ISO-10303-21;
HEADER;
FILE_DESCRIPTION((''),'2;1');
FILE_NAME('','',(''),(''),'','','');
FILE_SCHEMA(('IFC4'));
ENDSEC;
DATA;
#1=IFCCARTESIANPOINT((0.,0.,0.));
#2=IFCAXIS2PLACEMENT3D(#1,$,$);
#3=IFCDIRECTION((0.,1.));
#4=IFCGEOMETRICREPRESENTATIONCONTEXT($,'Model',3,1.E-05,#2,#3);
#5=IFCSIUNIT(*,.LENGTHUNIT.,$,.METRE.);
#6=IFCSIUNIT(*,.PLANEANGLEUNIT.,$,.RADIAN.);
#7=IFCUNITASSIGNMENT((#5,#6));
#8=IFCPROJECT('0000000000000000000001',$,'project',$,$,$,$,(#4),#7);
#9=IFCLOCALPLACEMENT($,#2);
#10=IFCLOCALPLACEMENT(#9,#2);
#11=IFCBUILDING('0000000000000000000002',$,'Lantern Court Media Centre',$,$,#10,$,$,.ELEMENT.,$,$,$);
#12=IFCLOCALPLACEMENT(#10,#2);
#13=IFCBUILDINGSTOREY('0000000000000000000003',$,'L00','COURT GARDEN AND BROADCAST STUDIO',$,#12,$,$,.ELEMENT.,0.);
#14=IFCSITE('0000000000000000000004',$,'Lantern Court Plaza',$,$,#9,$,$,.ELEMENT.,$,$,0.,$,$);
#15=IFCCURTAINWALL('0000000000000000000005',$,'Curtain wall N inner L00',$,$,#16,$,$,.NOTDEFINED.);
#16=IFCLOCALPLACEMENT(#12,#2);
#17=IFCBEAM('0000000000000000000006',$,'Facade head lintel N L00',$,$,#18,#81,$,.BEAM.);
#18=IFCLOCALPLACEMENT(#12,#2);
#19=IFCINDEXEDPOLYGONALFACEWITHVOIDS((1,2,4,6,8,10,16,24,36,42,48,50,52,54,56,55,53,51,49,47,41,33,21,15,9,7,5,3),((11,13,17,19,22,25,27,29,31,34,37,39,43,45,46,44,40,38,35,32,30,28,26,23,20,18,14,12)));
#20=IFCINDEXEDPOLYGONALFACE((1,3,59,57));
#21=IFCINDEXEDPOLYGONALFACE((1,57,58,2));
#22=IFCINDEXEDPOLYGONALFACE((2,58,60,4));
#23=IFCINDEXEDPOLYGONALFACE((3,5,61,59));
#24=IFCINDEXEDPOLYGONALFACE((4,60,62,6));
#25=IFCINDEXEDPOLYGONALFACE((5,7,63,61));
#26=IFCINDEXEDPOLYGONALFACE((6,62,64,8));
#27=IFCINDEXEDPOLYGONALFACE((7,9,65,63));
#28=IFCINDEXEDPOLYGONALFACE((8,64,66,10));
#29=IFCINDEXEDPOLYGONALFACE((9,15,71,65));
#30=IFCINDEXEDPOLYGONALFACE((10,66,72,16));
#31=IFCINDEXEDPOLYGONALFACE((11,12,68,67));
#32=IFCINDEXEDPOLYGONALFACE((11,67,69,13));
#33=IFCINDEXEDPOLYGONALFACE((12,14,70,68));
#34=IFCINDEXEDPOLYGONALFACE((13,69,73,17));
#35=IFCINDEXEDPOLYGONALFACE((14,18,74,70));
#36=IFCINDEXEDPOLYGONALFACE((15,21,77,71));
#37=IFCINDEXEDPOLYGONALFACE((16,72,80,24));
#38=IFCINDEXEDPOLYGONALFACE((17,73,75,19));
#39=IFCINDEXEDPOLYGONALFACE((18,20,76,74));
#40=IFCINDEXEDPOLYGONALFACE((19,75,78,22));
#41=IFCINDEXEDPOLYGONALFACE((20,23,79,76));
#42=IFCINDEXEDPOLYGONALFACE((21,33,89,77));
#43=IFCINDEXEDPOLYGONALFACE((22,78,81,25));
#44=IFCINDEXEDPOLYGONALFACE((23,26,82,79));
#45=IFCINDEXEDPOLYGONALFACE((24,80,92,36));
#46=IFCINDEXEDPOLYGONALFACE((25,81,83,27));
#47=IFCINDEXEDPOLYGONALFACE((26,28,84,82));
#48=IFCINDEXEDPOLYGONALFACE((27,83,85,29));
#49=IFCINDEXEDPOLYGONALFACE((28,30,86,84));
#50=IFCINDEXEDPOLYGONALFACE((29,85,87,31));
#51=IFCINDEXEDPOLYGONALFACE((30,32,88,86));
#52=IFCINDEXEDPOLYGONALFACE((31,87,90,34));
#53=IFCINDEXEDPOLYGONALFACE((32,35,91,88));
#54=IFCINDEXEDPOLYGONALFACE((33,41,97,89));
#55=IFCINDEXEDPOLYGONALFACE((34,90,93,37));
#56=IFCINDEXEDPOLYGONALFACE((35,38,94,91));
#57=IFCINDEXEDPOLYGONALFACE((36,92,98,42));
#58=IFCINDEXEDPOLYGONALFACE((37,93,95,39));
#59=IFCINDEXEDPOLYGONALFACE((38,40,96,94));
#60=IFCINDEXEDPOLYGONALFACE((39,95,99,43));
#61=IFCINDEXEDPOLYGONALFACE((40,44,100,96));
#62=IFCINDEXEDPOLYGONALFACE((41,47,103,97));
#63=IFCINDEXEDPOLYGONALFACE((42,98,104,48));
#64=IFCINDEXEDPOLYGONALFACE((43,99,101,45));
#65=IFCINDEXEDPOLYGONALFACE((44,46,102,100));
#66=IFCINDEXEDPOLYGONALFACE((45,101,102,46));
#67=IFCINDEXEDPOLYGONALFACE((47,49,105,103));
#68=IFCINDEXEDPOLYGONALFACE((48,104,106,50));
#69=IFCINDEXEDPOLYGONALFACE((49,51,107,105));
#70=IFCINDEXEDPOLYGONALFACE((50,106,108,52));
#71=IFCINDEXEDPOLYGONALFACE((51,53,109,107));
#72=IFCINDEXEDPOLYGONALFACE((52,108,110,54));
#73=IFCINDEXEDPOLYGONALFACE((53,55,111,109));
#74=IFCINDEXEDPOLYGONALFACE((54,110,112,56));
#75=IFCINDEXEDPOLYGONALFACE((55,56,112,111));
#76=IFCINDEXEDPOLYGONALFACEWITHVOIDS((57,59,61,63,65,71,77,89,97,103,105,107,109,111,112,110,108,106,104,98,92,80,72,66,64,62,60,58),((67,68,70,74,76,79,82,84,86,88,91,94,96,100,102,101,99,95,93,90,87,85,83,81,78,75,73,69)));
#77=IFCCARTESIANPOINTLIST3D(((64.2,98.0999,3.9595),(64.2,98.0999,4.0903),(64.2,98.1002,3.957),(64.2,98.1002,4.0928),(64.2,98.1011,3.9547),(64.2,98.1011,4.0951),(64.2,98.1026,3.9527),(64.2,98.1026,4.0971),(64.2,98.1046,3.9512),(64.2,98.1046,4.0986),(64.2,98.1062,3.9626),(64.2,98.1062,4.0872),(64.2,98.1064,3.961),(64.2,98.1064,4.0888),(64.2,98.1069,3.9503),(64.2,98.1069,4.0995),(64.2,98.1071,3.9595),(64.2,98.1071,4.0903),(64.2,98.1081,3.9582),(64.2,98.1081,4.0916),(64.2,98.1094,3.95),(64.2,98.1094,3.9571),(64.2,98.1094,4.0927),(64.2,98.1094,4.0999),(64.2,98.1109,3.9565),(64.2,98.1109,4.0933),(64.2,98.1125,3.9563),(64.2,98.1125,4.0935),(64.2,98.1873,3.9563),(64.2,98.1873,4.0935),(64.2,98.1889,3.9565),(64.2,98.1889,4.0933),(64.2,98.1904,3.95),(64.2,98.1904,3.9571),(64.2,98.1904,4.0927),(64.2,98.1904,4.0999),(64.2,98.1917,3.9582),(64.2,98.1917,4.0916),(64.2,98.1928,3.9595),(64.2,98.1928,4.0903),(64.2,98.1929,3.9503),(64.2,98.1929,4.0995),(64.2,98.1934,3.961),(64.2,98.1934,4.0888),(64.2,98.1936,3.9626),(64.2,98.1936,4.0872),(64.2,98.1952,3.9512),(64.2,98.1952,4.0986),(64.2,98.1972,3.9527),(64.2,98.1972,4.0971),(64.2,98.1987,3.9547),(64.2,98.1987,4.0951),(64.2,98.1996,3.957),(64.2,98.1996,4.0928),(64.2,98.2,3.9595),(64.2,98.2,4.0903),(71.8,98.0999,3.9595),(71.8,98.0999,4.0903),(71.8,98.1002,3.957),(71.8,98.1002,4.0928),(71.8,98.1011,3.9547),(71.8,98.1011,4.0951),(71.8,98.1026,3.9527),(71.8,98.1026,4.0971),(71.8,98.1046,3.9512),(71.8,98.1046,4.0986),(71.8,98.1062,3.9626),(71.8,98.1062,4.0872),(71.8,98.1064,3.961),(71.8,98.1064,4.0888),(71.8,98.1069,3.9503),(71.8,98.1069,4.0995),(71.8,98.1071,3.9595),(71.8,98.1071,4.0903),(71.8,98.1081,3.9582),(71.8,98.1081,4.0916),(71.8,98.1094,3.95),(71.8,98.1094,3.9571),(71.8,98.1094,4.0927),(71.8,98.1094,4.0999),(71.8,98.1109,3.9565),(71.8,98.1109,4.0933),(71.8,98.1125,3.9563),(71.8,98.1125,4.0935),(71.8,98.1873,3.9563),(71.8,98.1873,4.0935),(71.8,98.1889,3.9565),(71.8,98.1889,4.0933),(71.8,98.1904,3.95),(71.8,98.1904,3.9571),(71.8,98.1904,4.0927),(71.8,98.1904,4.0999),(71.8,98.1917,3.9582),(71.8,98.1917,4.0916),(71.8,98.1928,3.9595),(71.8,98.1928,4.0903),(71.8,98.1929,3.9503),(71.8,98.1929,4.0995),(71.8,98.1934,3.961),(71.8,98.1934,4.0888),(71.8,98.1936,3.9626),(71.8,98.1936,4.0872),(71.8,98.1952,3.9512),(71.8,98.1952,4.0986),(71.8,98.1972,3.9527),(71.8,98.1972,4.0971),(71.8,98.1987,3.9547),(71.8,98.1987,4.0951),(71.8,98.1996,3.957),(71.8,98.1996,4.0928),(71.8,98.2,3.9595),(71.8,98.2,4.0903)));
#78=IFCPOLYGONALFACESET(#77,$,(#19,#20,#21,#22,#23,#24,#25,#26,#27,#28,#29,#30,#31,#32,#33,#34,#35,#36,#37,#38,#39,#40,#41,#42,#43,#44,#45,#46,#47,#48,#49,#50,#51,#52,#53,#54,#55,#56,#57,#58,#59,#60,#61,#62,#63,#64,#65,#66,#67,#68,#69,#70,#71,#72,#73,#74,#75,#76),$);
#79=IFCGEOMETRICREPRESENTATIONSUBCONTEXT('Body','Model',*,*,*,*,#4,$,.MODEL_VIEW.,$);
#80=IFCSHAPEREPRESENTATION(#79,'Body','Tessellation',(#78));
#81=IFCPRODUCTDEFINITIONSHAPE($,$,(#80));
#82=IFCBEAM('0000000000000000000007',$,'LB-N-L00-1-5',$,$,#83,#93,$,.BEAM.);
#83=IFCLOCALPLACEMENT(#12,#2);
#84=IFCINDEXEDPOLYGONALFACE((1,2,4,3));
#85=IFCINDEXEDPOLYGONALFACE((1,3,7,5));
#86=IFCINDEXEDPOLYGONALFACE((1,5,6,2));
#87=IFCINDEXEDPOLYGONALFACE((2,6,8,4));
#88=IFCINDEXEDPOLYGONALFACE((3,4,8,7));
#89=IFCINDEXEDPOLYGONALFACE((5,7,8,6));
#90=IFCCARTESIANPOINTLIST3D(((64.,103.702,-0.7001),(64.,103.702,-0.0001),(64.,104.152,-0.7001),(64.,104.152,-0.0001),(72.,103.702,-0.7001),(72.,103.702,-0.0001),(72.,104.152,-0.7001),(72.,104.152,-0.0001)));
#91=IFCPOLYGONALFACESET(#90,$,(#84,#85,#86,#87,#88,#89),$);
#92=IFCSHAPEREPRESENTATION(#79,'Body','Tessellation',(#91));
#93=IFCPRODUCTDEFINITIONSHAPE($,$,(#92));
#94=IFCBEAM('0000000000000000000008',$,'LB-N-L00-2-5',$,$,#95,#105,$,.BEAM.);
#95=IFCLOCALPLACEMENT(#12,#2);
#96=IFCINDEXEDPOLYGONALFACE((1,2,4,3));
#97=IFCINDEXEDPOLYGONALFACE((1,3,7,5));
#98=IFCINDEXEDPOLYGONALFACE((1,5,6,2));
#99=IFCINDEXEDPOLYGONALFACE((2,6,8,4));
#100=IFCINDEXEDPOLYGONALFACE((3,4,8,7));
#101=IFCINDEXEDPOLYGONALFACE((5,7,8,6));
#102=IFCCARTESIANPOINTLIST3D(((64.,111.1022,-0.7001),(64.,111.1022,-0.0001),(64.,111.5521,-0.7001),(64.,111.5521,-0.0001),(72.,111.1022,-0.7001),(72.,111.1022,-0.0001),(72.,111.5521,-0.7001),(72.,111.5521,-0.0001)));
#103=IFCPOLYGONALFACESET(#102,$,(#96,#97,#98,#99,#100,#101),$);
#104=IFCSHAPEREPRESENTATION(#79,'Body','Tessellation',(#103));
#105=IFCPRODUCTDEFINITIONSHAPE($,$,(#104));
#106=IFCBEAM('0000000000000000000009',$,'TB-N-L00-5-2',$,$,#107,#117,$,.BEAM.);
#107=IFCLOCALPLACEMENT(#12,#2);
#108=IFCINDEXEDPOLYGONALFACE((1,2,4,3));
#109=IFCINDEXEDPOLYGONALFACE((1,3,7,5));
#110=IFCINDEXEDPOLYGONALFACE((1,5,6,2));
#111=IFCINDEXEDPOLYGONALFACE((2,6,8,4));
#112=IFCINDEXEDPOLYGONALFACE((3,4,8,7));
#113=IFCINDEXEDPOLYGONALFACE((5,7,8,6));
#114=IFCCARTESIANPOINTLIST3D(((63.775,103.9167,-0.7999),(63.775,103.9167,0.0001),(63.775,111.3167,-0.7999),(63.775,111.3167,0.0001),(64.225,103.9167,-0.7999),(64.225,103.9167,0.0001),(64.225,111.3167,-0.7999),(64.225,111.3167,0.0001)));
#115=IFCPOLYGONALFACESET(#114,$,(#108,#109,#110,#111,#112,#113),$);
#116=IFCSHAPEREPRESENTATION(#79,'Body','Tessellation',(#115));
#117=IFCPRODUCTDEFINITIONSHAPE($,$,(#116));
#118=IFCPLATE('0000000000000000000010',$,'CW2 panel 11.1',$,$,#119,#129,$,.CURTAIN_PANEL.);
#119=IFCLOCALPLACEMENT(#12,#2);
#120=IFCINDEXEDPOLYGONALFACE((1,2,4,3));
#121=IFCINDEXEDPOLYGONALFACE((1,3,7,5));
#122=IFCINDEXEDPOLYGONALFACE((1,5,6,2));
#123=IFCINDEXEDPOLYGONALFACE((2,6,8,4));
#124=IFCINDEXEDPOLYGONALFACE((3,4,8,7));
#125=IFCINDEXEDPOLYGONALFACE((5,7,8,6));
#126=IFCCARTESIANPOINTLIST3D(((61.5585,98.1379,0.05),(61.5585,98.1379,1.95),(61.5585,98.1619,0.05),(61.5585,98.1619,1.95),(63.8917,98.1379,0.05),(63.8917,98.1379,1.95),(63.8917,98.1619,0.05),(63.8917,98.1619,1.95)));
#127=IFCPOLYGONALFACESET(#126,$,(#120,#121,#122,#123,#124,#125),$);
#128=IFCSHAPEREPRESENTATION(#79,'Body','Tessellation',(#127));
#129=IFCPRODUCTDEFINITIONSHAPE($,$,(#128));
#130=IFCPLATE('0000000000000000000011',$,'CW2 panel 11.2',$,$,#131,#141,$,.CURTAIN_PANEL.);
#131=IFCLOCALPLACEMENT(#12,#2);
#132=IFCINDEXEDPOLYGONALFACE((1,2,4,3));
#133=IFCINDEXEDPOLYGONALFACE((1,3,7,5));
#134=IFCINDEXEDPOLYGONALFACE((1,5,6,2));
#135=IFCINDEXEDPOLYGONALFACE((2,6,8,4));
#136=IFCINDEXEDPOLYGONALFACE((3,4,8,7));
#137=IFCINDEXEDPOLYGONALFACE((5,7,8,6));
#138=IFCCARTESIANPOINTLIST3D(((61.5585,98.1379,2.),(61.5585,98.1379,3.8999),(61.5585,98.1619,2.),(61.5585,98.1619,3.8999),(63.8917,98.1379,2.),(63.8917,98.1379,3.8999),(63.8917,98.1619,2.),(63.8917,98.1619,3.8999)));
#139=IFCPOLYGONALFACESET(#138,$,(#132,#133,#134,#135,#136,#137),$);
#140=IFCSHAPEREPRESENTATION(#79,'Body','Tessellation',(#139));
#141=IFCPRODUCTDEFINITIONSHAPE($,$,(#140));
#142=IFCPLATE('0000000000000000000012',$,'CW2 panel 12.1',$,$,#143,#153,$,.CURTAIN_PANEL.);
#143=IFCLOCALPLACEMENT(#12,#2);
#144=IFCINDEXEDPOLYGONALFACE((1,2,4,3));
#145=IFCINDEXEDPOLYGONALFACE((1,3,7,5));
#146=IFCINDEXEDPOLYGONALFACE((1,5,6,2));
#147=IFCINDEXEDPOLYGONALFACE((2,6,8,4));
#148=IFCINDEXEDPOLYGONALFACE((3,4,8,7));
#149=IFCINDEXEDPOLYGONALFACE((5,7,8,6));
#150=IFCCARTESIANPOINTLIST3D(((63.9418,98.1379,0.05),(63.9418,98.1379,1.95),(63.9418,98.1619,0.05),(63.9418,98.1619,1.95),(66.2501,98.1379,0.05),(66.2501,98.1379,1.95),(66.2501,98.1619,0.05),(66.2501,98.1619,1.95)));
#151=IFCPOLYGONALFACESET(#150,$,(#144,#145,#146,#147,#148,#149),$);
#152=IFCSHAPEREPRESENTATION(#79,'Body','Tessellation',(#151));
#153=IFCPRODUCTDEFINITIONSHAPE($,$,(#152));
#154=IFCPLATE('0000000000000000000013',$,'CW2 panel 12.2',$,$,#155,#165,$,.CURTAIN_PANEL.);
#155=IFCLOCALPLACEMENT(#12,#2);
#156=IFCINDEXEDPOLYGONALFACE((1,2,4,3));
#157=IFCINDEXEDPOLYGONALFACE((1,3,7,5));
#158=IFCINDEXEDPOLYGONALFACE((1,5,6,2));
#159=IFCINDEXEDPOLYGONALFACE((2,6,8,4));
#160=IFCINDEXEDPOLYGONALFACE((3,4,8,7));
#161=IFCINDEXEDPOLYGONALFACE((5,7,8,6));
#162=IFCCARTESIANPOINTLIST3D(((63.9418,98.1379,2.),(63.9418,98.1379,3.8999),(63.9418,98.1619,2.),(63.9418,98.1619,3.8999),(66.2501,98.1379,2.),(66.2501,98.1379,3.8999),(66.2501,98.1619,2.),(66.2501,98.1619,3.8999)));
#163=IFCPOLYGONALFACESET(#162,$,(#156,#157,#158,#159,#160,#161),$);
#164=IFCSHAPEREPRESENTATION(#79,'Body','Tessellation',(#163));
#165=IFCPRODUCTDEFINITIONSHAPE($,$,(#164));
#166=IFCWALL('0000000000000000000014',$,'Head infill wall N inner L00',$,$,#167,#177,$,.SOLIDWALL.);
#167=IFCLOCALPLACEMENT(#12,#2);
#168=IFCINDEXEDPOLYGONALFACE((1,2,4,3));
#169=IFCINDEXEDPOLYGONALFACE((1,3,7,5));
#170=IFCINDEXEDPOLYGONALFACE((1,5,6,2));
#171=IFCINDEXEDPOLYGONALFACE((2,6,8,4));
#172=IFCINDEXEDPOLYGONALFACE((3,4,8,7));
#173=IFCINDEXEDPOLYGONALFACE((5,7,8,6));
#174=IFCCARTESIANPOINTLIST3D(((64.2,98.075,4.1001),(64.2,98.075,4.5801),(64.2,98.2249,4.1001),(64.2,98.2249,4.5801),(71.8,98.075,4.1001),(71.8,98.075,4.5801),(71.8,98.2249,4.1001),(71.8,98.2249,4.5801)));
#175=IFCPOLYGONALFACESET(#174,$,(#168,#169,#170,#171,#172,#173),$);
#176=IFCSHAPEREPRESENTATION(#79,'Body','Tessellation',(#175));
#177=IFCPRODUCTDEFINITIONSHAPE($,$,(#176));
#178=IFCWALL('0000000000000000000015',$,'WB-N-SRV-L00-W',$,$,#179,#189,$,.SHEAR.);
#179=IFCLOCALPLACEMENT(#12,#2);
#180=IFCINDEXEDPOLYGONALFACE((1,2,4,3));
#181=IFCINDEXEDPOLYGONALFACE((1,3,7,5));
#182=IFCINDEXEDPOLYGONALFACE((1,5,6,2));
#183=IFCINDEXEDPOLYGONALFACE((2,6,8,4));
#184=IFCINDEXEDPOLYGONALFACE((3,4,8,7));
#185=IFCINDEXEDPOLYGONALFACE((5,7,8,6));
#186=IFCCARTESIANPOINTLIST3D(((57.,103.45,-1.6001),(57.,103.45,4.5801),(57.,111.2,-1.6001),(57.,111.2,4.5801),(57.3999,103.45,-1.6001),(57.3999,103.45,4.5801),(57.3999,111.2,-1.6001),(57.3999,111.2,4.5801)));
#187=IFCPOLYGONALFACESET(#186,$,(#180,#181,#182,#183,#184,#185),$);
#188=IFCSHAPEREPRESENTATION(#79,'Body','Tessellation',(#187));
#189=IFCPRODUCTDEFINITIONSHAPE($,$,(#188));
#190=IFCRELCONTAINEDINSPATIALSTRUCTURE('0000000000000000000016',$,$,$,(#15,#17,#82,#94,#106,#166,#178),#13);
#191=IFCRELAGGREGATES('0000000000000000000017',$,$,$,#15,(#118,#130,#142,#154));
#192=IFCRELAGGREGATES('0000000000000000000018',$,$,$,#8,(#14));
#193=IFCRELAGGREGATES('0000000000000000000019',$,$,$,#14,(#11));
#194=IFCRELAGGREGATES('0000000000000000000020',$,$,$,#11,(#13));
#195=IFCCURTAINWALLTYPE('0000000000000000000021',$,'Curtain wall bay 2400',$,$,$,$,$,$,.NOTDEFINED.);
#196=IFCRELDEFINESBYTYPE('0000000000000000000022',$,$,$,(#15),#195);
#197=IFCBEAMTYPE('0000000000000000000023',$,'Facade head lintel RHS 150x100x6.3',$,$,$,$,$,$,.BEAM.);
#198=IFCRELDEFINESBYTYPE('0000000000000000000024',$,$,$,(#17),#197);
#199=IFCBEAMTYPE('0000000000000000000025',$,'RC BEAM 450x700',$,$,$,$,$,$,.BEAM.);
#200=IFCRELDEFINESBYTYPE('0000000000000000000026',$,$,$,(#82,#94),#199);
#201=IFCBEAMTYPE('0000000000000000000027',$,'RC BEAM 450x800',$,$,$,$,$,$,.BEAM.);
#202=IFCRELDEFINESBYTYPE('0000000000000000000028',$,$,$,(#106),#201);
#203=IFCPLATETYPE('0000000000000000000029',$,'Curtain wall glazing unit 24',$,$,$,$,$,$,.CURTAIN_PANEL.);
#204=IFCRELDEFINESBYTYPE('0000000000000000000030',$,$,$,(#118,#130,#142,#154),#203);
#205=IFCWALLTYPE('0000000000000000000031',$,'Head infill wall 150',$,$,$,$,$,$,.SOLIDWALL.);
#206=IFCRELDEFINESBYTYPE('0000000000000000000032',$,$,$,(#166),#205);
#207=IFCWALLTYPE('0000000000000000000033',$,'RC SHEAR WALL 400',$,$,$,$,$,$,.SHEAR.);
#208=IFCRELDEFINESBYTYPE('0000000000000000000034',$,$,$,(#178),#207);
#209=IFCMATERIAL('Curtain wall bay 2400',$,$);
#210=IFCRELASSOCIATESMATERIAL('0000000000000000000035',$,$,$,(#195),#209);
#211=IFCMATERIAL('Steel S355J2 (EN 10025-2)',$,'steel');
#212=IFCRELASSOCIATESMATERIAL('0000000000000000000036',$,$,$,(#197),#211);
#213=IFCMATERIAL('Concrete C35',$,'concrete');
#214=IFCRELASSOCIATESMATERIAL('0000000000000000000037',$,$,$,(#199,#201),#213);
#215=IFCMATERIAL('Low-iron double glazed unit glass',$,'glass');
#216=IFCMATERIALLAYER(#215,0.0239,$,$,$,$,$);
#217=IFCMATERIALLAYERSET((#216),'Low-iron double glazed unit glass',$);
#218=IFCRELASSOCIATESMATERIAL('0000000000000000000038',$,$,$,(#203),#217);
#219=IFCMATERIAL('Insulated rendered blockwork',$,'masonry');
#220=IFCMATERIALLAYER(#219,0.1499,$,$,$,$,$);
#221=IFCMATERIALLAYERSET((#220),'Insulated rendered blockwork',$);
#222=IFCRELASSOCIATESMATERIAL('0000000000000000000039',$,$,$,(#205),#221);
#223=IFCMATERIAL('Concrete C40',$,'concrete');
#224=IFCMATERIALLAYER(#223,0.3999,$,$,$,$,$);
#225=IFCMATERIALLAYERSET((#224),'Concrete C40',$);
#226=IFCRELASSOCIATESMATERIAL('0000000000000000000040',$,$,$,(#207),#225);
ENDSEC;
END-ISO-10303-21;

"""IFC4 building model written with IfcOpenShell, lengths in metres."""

from ifc_helpers import new_model, si_unit, direction, frame, frame_2d, origin, origin_2d, place, context, subcontext, project, spatial, rectangle, hollow_rectangle, extrude, material, layer, layer_set, material_profile, profile_set, type_object, element, aggregate, save


model = new_model("IFC4")

# Units and contexts
model_context = context("Model", 3, precision=1e-05, world=origin(), true_north=direction((0.0, 1.0)))
body_context = subcontext(model_context, "Body", "Model", "MODEL_VIEW")
ifc_project = project(units=[si_unit("LENGTHUNIT", "METRE"), si_unit("PLANEANGLEUNIT", "RADIAN")], contexts=[model_context])

# Site, building, storey
site_placement = place(None, origin())
site = spatial("IfcSite", under=ifc_project, at=site_placement, Name="Lantern Court Plaza", CompositionType="ELEMENT", RefElevation=0.0)
building_placement = place(site_placement, origin())
building = spatial("IfcBuilding", under=site, at=building_placement, Name="Lantern Court Media Centre", CompositionType="ELEMENT")
storey_placement = place(building_placement, origin())
storey = spatial("IfcBuildingStorey", under=building, at=storey_placement, Name="L00", Description="COURT GARDEN AND BROADCAST STUDIO", CompositionType="ELEMENT", Elevation=0.0)

# Shared definitions
ifc_material_1 = material(Name="Concrete C35", Category="concrete")

# Curtain wall
ifc_material_2 = material(Name="Curtain wall bay 2400")
curtain_wall_type_1 = type_object("IfcCurtainWallType", Name="Curtain wall bay 2400", PredefinedType="NOTDEFINED", material=ifc_material_2)
curtain_wall_1_placement = place(storey_placement, origin())
curtain_wall_1 = element("IfcCurtainWall", 1, at=curtain_wall_1_placement, inside=storey, type_object=curtain_wall_type_1, Name="Curtain wall N inner L00", PredefinedType="NOTDEFINED")

# Beams
ifc_material_3 = material(Name="Steel S355J2 (EN 10025-2)", Category="steel")
ifc_material_profile_1 = material_profile(ifc_material_3, hollow_rectangle(XDim=0.1001, YDim=0.1499, WallThickness=0.0063, InnerFilletRadius=0.0063, OuterFilletRadius=0.0095, at=origin_2d()), Name="Facade head lintel RHS 150x100x6.3")
ifc_profile_set_1 = profile_set([ifc_material_profile_1], Name="Steel S355J2 (EN 10025-2)")
beam_type_1 = type_object("IfcBeamType", Name="Facade head lintel RHS 150x100x6.3", PredefinedType="BEAM", material=ifc_profile_set_1)
beam_1_placement = place(storey_placement, frame((64.2, 98.1499, 4.0249), z_axis=(1.0, 0.0, 0.0), x_axis=(0.0, 1.0, 0.0)))
element("IfcBeam", 2, at=beam_1_placement, inside=storey, type_object=beam_type_1, Name="Facade head lintel N L00", PredefinedType="BEAM", context=body_context, shape_type="SweptSolid", body=[
    extrude(hollow_rectangle(XDim=0.1001, YDim=0.1499, WallThickness=0.0063, InnerFilletRadius=0.0063, OuterFilletRadius=0.0095, at=origin_2d()), origin(), (0.0, 0.0, 1.0), 7.6001),
])
ifc_material_profile_2 = material_profile(ifc_material_1, rectangle(XDim=0.45, YDim=0.7, at=origin_2d()), Name="RC 450x700")
ifc_profile_set_2 = profile_set([ifc_material_profile_2], Name="Concrete C35")
beam_type_2 = type_object("IfcBeamType", Name="RC BEAM 450x700", PredefinedType="BEAM", material=ifc_profile_set_2)
for number, where, z_axis, x_axis, name in (
    (3, (64.0, 103.927, -0.3501), (1.0, 0.0, 0.0), (0.0, 1.0, 0.0), "LB-N-L00-1-5"),
    (4, (64.0, 111.3271, -0.3501), (1.0, 0.0, 0.0), (0.0, 1.0, 0.0), "LB-N-L00-2-5"),
):
    element("IfcBeam", number, at=place(storey_placement, frame(where, z_axis=z_axis, x_axis=x_axis)), inside=storey, type_object=beam_type_2, Name=name, PredefinedType="BEAM", context=body_context, shape_type="SweptSolid", body=[
        extrude(rectangle(XDim=0.45, YDim=0.7, at=origin_2d()), origin(), (0.0, 0.0, 1.0), 8.0),
    ])
ifc_material_profile_3 = material_profile(ifc_material_1, rectangle(XDim=0.45, YDim=0.8, at=origin_2d()), Name="RC 450x800")
ifc_profile_set_3 = profile_set([ifc_material_profile_3], Name="Concrete C35")
beam_type_3 = type_object("IfcBeamType", Name="RC BEAM 450x800", PredefinedType="BEAM", material=ifc_profile_set_3)
beam_2_placement = place(storey_placement, frame((64.0, 103.9167, -0.3999), z_axis=(0.0, 1.0, 0.0), x_axis=(-1.0, 0.0, 0.0)))
element("IfcBeam", 5, at=beam_2_placement, inside=storey, type_object=beam_type_3, Name="TB-N-L00-5-2", PredefinedType="BEAM", context=body_context, shape_type="SweptSolid", body=[
    extrude(rectangle(XDim=0.45, YDim=0.8, at=origin_2d()), origin(), (0.0, 0.0, 1.0), 7.3999),
])

# Plates
ifc_material_4 = material(Name="Low-iron double glazed unit glass", Category="glass")
ifc_layer_1 = layer(ifc_material_4, 0.0239)
ifc_layer_set_1 = layer_set([ifc_layer_1], Name="Low-iron double glazed unit glass")
plate_type = type_object("IfcPlateType", Name="Curtain wall glazing unit 24", PredefinedType="CURTAIN_PANEL", material=ifc_layer_set_1)
plate_1_placement = place(storey_placement, frame((62.7251, 98.1499, 0.05), z_axis=(0.0, 0.0, 1.0), x_axis=(1.0, 0.0, 0.0)))
plate_1 = element("IfcPlate", 6, at=plate_1_placement, type_object=plate_type, Name="CW2 panel 11.1", PredefinedType="CURTAIN_PANEL", context=body_context, shape_type="SweptSolid", body=[
    extrude(rectangle(XDim=2.3333, YDim=0.0239, at=origin_2d()), origin(), (0.0, 0.0, 1.0), 1.8999),
])
plate_2_placement = place(storey_placement, frame((62.7251, 98.1499, 2.0), z_axis=(0.0, 0.0, 1.0), x_axis=(1.0, 0.0, 0.0)))
plate_2 = element("IfcPlate", 7, at=plate_2_placement, type_object=plate_type, Name="CW2 panel 11.2", PredefinedType="CURTAIN_PANEL", context=body_context, shape_type="SweptSolid", body=[
    extrude(rectangle(XDim=2.3333, YDim=0.0239, at=origin_2d()), origin(), (0.0, 0.0, 1.0), 1.8999),
])
plate_3_placement = place(storey_placement, frame((65.0959, 98.1499, 0.05), z_axis=(0.0, 0.0, 1.0), x_axis=(1.0, 0.0, 0.0)))
plate_3 = element("IfcPlate", 8, at=plate_3_placement, type_object=plate_type, Name="CW2 panel 12.1", PredefinedType="CURTAIN_PANEL", context=body_context, shape_type="SweptSolid", body=[
    extrude(rectangle(XDim=2.3083, YDim=0.0239, at=origin_2d()), origin(), (0.0, 0.0, 1.0), 1.8999),
])
plate_4_placement = place(storey_placement, frame((65.0959, 98.1499, 2.0), z_axis=(0.0, 0.0, 1.0), x_axis=(1.0, 0.0, 0.0)))
plate_4 = element("IfcPlate", 9, at=plate_4_placement, type_object=plate_type, Name="CW2 panel 12.2", PredefinedType="CURTAIN_PANEL", context=body_context, shape_type="SweptSolid", body=[
    extrude(rectangle(XDim=2.3083, YDim=0.0239, at=origin_2d()), origin(), (0.0, 0.0, 1.0), 1.8999),
])
aggregate(curtain_wall_1, [plate_1, plate_2, plate_3, plate_4])

# Shared definitions
ifc_material_5 = material(Name="Insulated rendered blockwork", Category="masonry")

# Walls
ifc_layer_2 = layer(ifc_material_5, 0.1499)
ifc_layer_set_2 = layer_set([ifc_layer_2], Name="Insulated rendered blockwork")
wall_type_1 = type_object("IfcWallType", Name="Head infill wall 150", PredefinedType="SOLIDWALL", material=ifc_layer_set_2)
wall_1_placement = place(storey_placement, frame((64.2, 98.1499, 4.1001), z_axis=(0.0, 0.0, 1.0), x_axis=(1.0, 0.0, 0.0)))
element("IfcWall", 10, at=wall_1_placement, inside=storey, type_object=wall_type_1, Name="Head infill wall N inner L00", PredefinedType="SOLIDWALL", context=body_context, shape_type="SweptSolid", body=[
    extrude(rectangle(XDim=7.6001, YDim=0.1499, at=frame_2d((3.8, 0.0))), origin(), (0.0, 0.0, 1.0), 0.48),
])
ifc_material_6 = material(Name="Concrete C40", Category="concrete")
ifc_layer_3 = layer(ifc_material_6, 0.3999)
ifc_layer_set_3 = layer_set([ifc_layer_3], Name="Concrete C40")
wall_type_2 = type_object("IfcWallType", Name="RC SHEAR WALL 400", PredefinedType="SHEAR", material=ifc_layer_set_3)
wall_2_placement = place(storey_placement, frame((57.2, 103.45, -1.6001), z_axis=(0.0, 0.0, 1.0), x_axis=(0.0, 1.0, 0.0)))
element("IfcWall", 11, at=wall_2_placement, inside=storey, type_object=wall_type_2, Name="WB-N-SRV-L00-W", PredefinedType="SHEAR", context=body_context, shape_type="SweptSolid", body=[
    extrude(rectangle(XDim=7.75, YDim=0.3999, at=frame_2d((3.875, 0.0))), origin(), (0.0, 0.0, 1.0), 6.1802),
])

save(model, "model.ifc")
